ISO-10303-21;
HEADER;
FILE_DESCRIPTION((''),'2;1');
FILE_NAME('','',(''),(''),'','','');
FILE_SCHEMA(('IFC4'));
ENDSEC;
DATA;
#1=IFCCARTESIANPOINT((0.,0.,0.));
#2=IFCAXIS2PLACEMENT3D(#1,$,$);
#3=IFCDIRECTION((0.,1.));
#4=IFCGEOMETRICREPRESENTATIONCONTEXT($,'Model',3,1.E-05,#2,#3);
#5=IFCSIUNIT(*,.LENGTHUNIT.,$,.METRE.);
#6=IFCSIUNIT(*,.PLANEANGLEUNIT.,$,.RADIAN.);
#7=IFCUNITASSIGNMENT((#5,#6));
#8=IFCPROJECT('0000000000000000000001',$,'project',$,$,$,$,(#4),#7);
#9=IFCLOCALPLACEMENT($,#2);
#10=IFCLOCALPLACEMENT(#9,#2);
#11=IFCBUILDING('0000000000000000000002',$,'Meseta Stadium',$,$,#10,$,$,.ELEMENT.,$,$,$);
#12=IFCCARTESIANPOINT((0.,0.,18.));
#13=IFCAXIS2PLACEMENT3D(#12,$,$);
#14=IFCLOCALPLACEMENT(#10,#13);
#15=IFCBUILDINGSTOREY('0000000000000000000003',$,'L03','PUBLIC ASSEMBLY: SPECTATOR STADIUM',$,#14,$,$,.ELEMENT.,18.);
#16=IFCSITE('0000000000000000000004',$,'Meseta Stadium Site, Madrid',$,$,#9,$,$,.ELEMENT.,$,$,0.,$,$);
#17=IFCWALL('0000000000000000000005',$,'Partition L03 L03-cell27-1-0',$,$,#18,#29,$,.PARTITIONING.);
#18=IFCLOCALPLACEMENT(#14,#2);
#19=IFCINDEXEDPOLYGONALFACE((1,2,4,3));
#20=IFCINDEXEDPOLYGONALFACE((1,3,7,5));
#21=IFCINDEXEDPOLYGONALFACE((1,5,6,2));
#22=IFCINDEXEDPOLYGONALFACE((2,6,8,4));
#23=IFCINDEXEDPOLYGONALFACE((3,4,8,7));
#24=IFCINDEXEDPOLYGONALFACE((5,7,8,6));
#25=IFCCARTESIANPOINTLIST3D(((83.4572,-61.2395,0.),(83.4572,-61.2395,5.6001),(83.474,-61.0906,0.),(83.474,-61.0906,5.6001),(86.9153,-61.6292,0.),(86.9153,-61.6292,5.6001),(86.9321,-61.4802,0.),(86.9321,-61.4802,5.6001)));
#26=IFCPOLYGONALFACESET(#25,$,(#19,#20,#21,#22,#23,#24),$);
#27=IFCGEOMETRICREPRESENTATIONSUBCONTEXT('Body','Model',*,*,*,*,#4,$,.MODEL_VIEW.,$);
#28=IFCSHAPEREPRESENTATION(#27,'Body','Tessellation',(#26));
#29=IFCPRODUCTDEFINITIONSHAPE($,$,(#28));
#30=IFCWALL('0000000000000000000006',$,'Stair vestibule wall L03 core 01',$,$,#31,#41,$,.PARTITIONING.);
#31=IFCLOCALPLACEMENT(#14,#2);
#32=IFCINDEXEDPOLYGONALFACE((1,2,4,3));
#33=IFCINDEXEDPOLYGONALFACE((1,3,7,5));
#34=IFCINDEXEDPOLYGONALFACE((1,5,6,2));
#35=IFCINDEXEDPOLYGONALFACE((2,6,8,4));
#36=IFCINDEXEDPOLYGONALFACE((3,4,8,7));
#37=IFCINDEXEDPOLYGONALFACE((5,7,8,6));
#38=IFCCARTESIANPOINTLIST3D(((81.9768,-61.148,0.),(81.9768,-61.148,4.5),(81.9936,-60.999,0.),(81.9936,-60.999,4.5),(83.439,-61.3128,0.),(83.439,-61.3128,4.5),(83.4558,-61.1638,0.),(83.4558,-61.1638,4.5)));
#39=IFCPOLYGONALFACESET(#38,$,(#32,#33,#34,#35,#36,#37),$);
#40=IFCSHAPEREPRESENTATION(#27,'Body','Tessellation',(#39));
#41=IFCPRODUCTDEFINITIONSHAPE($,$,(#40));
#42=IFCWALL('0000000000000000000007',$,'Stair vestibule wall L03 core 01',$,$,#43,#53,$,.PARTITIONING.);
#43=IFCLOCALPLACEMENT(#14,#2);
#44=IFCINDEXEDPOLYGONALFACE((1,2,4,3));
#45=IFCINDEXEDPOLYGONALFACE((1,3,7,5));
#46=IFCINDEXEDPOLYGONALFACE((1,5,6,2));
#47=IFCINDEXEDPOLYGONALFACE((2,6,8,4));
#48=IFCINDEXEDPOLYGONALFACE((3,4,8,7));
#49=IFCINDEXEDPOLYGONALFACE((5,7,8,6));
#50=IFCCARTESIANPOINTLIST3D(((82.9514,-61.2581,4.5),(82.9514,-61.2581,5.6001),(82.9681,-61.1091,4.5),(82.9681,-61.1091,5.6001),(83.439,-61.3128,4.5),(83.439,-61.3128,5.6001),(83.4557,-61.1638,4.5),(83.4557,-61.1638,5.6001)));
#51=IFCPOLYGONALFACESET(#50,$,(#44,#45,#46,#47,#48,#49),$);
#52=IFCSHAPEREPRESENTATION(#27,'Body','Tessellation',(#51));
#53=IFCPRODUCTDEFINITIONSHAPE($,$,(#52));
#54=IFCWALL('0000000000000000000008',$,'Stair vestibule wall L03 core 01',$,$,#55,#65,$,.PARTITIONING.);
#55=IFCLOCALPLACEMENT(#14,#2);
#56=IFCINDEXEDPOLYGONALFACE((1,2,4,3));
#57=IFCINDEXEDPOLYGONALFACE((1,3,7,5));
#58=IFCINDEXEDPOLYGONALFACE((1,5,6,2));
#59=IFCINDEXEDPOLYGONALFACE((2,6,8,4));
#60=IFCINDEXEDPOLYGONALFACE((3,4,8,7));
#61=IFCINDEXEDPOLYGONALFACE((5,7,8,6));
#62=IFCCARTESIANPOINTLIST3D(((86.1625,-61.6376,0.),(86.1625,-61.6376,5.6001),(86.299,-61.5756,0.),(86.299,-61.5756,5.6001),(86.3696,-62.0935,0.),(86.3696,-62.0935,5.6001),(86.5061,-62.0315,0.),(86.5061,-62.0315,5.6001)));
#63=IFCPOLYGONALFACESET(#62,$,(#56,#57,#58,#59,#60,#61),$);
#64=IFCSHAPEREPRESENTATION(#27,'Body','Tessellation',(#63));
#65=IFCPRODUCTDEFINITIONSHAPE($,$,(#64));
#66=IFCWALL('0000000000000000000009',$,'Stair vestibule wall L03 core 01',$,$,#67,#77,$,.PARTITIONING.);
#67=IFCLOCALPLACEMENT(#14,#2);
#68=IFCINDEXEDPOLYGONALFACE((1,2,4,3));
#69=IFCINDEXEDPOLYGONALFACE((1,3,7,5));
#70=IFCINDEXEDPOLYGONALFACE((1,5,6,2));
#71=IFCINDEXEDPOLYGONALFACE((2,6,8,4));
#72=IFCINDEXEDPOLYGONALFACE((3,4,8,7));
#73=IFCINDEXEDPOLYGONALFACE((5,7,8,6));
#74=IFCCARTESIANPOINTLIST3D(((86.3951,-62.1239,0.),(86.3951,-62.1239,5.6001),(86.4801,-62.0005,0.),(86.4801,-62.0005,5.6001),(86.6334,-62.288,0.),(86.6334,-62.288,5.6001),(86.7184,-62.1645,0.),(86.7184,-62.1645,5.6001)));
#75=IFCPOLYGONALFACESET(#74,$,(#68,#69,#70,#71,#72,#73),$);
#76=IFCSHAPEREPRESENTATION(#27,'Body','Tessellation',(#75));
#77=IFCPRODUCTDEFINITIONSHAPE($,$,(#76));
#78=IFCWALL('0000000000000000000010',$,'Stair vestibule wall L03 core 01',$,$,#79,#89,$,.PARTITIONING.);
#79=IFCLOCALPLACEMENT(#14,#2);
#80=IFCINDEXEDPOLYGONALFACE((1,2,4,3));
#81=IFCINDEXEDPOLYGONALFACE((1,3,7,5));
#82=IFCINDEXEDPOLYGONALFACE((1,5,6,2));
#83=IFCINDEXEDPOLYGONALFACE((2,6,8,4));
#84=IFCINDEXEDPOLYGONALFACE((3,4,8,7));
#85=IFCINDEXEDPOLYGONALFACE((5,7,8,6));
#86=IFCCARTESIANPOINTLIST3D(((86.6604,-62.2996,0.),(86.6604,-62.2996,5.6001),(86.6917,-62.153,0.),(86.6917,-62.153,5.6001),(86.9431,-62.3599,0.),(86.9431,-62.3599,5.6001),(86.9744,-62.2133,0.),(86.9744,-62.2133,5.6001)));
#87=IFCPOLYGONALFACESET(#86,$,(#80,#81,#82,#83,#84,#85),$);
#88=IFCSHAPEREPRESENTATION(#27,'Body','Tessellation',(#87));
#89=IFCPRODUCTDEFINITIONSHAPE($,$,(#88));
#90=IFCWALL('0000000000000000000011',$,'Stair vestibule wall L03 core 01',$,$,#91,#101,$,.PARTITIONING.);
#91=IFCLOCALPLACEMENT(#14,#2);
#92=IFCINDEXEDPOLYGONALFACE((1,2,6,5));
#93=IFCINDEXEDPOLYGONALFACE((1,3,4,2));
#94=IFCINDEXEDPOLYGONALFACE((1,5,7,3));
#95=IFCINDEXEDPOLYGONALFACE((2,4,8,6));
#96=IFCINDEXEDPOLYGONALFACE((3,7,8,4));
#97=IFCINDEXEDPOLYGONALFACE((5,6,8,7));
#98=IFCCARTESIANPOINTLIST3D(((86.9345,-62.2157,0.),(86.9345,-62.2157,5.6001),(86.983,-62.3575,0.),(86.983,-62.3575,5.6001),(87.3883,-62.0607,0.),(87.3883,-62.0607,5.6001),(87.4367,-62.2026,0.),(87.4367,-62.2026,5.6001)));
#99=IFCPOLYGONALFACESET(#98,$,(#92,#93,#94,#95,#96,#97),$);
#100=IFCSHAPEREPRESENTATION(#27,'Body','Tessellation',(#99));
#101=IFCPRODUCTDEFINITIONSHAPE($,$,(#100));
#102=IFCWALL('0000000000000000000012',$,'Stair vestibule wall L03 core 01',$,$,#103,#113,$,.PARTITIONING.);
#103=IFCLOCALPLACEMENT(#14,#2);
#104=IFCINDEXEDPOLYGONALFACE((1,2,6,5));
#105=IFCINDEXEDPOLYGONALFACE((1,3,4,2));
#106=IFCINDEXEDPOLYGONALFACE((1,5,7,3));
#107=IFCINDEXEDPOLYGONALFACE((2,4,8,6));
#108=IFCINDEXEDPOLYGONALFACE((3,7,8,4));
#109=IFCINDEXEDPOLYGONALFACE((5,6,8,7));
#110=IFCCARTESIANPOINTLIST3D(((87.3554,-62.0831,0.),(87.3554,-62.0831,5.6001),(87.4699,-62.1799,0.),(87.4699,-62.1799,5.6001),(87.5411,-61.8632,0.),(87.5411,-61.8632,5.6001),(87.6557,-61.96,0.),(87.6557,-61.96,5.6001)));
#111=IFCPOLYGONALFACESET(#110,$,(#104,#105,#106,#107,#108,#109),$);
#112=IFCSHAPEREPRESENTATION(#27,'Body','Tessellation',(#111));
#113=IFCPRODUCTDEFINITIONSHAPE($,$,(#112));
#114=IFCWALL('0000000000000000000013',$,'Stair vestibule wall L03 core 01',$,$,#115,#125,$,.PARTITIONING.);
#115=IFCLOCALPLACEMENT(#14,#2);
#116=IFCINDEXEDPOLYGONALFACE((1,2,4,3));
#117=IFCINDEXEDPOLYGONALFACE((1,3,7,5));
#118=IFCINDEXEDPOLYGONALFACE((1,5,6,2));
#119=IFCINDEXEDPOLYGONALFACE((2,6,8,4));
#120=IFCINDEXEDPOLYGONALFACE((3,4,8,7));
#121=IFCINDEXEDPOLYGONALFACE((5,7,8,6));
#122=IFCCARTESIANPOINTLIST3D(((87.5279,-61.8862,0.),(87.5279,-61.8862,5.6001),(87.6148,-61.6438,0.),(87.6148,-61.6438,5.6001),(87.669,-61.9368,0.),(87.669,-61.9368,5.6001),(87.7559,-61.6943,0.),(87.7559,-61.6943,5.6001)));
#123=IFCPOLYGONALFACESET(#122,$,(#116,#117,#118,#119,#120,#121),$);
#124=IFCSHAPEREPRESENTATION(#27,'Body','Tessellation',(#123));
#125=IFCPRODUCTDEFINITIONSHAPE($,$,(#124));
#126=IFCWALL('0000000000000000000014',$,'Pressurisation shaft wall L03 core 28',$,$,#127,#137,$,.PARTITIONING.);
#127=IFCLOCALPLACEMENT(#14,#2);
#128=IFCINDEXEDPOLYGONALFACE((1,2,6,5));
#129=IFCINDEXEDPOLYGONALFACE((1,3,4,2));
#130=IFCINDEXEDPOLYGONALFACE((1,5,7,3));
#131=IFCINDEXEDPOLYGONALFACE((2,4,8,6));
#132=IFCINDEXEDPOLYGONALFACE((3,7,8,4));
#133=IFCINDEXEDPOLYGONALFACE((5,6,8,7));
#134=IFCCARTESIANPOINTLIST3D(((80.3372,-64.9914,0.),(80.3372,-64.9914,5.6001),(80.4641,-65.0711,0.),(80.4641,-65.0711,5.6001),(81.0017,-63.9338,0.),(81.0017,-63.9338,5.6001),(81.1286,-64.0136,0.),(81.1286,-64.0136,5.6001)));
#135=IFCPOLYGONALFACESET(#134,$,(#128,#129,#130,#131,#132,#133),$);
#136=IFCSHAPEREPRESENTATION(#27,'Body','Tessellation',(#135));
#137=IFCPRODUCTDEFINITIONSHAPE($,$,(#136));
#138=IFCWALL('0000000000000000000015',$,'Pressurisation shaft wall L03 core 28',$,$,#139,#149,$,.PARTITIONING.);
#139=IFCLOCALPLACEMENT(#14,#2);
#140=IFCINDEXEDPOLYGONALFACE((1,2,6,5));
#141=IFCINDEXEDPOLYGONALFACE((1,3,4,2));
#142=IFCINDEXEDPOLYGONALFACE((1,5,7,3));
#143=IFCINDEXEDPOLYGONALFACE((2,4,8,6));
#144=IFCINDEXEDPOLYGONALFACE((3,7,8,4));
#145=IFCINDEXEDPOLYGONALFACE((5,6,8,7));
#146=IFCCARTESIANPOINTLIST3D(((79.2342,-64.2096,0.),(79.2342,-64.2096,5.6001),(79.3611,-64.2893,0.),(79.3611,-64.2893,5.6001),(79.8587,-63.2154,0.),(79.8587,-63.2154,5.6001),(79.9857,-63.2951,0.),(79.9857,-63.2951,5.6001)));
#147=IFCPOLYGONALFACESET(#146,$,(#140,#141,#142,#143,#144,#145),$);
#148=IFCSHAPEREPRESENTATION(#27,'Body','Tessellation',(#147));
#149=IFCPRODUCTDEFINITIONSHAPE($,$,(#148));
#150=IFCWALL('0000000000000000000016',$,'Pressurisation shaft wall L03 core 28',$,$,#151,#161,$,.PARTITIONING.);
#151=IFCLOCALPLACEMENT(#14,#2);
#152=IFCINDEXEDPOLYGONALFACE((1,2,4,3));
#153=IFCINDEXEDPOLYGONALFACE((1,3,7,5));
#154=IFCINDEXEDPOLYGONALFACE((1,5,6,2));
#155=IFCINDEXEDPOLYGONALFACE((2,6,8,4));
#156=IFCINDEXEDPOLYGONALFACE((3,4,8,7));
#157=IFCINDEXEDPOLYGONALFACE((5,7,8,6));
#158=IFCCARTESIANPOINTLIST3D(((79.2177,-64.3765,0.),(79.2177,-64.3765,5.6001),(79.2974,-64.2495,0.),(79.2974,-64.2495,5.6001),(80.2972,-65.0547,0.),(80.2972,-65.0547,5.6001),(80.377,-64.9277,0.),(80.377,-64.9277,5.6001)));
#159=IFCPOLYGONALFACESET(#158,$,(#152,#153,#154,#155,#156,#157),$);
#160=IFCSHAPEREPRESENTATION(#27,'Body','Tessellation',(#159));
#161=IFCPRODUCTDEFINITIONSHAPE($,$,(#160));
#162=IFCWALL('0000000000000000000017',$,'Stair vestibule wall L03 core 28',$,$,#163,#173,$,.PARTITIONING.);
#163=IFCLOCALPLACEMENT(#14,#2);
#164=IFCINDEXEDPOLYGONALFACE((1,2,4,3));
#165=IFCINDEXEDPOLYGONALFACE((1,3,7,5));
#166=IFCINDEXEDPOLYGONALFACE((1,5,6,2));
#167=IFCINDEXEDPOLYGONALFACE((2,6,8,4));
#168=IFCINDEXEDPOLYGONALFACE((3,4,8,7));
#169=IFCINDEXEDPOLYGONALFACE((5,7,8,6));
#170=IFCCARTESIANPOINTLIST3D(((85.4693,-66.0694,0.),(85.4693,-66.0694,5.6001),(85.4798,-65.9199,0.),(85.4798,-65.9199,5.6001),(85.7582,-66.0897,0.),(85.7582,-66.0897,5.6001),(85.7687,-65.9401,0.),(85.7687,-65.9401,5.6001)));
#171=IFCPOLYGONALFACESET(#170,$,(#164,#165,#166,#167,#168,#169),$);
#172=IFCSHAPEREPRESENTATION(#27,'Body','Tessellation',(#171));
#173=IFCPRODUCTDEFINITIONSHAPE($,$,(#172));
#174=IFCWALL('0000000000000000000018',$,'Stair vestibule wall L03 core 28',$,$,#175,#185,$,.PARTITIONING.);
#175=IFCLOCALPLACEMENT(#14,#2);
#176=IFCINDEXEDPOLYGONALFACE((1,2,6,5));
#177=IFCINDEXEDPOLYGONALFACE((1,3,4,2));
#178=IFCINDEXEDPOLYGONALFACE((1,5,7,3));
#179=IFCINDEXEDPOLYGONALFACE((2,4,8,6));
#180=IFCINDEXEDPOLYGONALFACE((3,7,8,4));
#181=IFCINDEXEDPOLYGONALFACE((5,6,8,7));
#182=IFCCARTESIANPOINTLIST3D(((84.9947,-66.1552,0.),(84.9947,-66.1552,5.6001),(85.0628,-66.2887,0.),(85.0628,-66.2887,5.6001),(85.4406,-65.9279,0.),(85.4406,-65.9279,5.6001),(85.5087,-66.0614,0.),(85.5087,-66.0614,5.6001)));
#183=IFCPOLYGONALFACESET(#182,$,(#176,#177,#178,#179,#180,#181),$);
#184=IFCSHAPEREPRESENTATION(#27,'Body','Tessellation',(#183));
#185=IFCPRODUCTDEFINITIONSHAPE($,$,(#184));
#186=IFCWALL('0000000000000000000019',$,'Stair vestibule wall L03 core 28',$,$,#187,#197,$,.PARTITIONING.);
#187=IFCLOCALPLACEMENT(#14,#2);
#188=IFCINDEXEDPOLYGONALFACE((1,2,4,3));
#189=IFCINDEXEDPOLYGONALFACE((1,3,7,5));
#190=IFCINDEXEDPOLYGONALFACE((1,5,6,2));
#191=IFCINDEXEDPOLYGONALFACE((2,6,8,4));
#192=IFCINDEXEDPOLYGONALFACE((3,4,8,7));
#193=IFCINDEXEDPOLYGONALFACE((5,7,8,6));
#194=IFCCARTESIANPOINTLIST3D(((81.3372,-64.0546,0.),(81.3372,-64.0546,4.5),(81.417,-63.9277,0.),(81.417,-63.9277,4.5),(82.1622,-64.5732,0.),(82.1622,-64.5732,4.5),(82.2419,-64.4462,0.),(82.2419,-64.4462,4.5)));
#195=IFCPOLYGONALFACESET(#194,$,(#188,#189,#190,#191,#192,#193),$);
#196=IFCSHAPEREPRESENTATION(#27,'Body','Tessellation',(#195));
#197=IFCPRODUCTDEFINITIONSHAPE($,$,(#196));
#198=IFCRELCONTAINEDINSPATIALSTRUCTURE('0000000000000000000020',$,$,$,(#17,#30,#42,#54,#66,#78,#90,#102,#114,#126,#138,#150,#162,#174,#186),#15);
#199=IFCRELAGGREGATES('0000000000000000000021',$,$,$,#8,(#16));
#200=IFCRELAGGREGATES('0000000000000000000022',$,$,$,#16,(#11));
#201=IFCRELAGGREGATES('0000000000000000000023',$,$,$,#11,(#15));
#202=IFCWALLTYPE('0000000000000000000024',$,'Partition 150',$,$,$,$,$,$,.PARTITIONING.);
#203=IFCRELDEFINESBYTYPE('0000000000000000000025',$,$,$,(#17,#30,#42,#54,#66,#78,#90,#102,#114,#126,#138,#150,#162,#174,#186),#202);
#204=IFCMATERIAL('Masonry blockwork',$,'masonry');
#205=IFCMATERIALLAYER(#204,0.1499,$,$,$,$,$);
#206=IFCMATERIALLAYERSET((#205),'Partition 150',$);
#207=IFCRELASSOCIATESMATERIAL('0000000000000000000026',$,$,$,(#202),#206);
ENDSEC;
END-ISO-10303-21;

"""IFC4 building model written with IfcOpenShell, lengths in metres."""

from ifc_helpers import new_model, si_unit, direction, frame, frame_2d, origin, place, context, subcontext, project, spatial, rectangle, extrude, material, layer, layer_set, type_object, element, save


model = new_model("IFC4")

# Units and contexts
model_context = context("Model", 3, precision=1e-05, world=origin(), true_north=direction((0.0, 1.0)))
body_context = subcontext(model_context, "Body", "Model", "MODEL_VIEW")
ifc_project = project(units=[si_unit("LENGTHUNIT", "METRE"), si_unit("PLANEANGLEUNIT", "RADIAN")], contexts=[model_context])

# Site, building, storey
site_placement = place(None, origin())
site = spatial("IfcSite", under=ifc_project, at=site_placement, Name="Meseta Stadium Site, Madrid", CompositionType="ELEMENT", RefElevation=0.0)
building_placement = place(site_placement, origin())
building = spatial("IfcBuilding", under=site, at=building_placement, Name="Meseta Stadium", CompositionType="ELEMENT")
storey_placement = place(building_placement, frame((0.0, 0.0, 18.0)))
storey = spatial("IfcBuildingStorey", under=building, at=storey_placement, Name="L03", Description="PUBLIC ASSEMBLY: SPECTATOR STADIUM", CompositionType="ELEMENT", Elevation=18.0)

# Walls
ifc_material_1 = material(Name="Masonry blockwork", Category="masonry")
ifc_layer_1 = layer(ifc_material_1, 0.1499)
ifc_layer_set_1 = layer_set([ifc_layer_1], Name="Partition 150")
wall_type_1 = type_object("IfcWallType", Name="Partition 150", PredefinedType="PARTITIONING", material=ifc_layer_set_1)
wall_1_placement = place(storey_placement, frame((83.4656, -61.165, 0.0), z_axis=(0.0, 0.0, 1.0), x_axis=(0.993711, -0.111971, 0.0)))
element("IfcWall", 1, at=wall_1_placement, inside=storey, type_object=wall_type_1, Name="Partition L03 L03-cell27-1-0", PredefinedType="PARTITIONING", context=body_context, shape_type="SweptSolid", body=[
    extrude(rectangle(XDim=3.48, YDim=0.1499, at=frame_2d((1.74, 0.0))), origin(), (0.0, 0.0, 1.0), 5.6001),
])
wall_2_placement = place(storey_placement, frame((81.9851, -61.0735, 0.0), z_axis=(0.0, 0.0, 1.0), x_axis=(0.993708, -0.111998, 0.0)))
element("IfcWall", 2, at=wall_2_placement, inside=storey, type_object=wall_type_1, Name="Stair vestibule wall L03 core 01", PredefinedType="PARTITIONING", context=body_context, shape_type="SweptSolid", body=[
    extrude(rectangle(XDim=1.4714, YDim=0.1499, at=frame_2d((0.7358, 0.0))), origin(), (0.0, 0.0, 1.0), 4.5),
])
wall_3_placement = place(storey_placement, frame((82.9597, -61.1836, 4.5), z_axis=(0.0, 0.0, 1.0), x_axis=(0.993768, -0.111469, 0.0)))
element("IfcWall", 3, at=wall_3_placement, inside=storey, type_object=wall_type_1, Name="Stair vestibule wall L03 core 01", PredefinedType="PARTITIONING", context=body_context, shape_type="SweptSolid", body=[
    extrude(rectangle(XDim=0.4907, YDim=0.1499, at=frame_2d((0.2454, 0.0))), origin(), (0.0, 0.0, 1.0), 1.1001),
])
wall_4_placement = place(storey_placement, frame((86.2307, -61.6064, 0.0), z_axis=(0.0, 0.0, 1.0), x_axis=(0.413546, -0.910483, 0.0)))
element("IfcWall", 4, at=wall_4_placement, inside=storey, type_object=wall_type_1, Name="Stair vestibule wall L03 core 01", PredefinedType="PARTITIONING", context=body_context, shape_type="SweptSolid", body=[
    extrude(rectangle(XDim=0.5007, YDim=0.1499, at=frame_2d((0.2505, 0.0))), origin(), (0.0, 0.0, 1.0), 5.6001),
])
wall_5_placement = place(storey_placement, frame((86.4377, -62.0623, 0.0), z_axis=(0.0, 0.0, 1.0), x_axis=(0.823648, -0.567102, 0.0)))
element("IfcWall", 5, at=wall_5_placement, inside=storey, type_object=wall_type_1, Name="Stair vestibule wall L03 core 01", PredefinedType="PARTITIONING", context=body_context, shape_type="SweptSolid", body=[
    extrude(rectangle(XDim=0.2893, YDim=0.1499, at=frame_2d((0.1445, 0.0))), origin(), (0.0, 0.0, 1.0), 5.6001),
])
wall_6_placement = place(storey_placement, frame((86.676, -62.2263, 0.0), z_axis=(0.0, 0.0, 1.0), x_axis=(0.978, -0.208606, 0.0)))
element("IfcWall", 6, at=wall_6_placement, inside=storey, type_object=wall_type_1, Name="Stair vestibule wall L03 core 01", PredefinedType="PARTITIONING", context=body_context, shape_type="SweptSolid", body=[
    extrude(rectangle(XDim=0.2891, YDim=0.1499, at=frame_2d((0.1445, 0.0))), origin(), (0.0, 0.0, 1.0), 5.6001),
])
wall_7_placement = place(storey_placement, frame((86.9587, -62.2866, 0.0), z_axis=(0.0, 0.0, 1.0), x_axis=(0.946316, 0.323244, 0.0)))
element("IfcWall", 7, at=wall_7_placement, inside=storey, type_object=wall_type_1, Name="Stair vestibule wall L03 core 01", PredefinedType="PARTITIONING", context=body_context, shape_type="SweptSolid", body=[
    extrude(rectangle(XDim=0.4795, YDim=0.1499, at=frame_2d((0.2397, 0.0))), origin(), (0.0, 0.0, 1.0), 5.6001),
])
wall_8_placement = place(storey_placement, frame((87.4126, -62.1316, 0.0), z_axis=(0.0, 0.0, 1.0), x_axis=(0.645258, 0.763965, 0.0)))
element("IfcWall", 8, at=wall_8_placement, inside=storey, type_object=wall_type_1, Name="Stair vestibule wall L03 core 01", PredefinedType="PARTITIONING", context=body_context, shape_type="SweptSolid", body=[
    extrude(rectangle(XDim=0.2878, YDim=0.1499, at=frame_2d((0.144, 0.0))), origin(), (0.0, 0.0, 1.0), 5.6001),
])
wall_9_placement = place(storey_placement, frame((87.5984, -61.9116, 0.0), z_axis=(0.0, 0.0, 1.0), x_axis=(0.337477, 0.941334, 0.0)))
element("IfcWall", 9, at=wall_9_placement, inside=storey, type_object=wall_type_1, Name="Stair vestibule wall L03 core 01", PredefinedType="PARTITIONING", context=body_context, shape_type="SweptSolid", body=[
    extrude(rectangle(XDim=0.2576, YDim=0.1499, at=frame_2d((0.1289, 0.0))), origin(), (0.0, 0.0, 1.0), 5.6001),
])
wall_10_placement = place(storey_placement, frame((80.4006, -65.0312, 0.0), z_axis=(0.0, 0.0, 1.0), x_axis=(0.532035, 0.846722, 0.0)))
element("IfcWall", 10, at=wall_10_placement, inside=storey, type_object=wall_type_1, Name="Pressurisation shaft wall L03 core 28", PredefinedType="PARTITIONING", context=body_context, shape_type="SweptSolid", body=[
    extrude(rectangle(XDim=1.249, YDim=0.1499, at=frame_2d((0.6245, 0.0))), origin(), (0.0, 0.0, 1.0), 5.6001),
])
wall_11_placement = place(storey_placement, frame((79.9221, -63.2554, 0.0), z_axis=(0.0, 0.0, 1.0), x_axis=(-0.531942, -0.846781, 0.0)))
element("IfcWall", 11, at=wall_11_placement, inside=storey, type_object=wall_type_1, Name="Pressurisation shaft wall L03 core 28", PredefinedType="PARTITIONING", context=body_context, shape_type="SweptSolid", body=[
    extrude(rectangle(XDim=1.1741, YDim=0.1499, at=frame_2d((0.5869, 0.0))), origin(), (0.0, 0.0, 1.0), 5.6001),
])
wall_12_placement = place(storey_placement, frame((79.2576, -64.313, 0.0), z_axis=(0.0, 0.0, 1.0), x_axis=(0.84677, -0.53196, 0.0)))
element("IfcWall", 12, at=wall_12_placement, inside=storey, type_object=wall_type_1, Name="Pressurisation shaft wall L03 core 28", PredefinedType="PARTITIONING", context=body_context, shape_type="SweptSolid", body=[
    extrude(rectangle(XDim=1.2749, YDim=0.1499, at=frame_2d((0.6375, 0.0))), origin(), (0.0, 0.0, 1.0), 5.6001),
])
wall_13_placement = place(storey_placement, frame((85.7634, -66.0149, 0.0), z_axis=(0.0, 0.0, 1.0), x_axis=(-0.997548, 0.069989, 0.0)))
element("IfcWall", 13, at=wall_13_placement, inside=storey, type_object=wall_type_1, Name="Stair vestibule wall L03 core 28", PredefinedType="PARTITIONING", context=body_context, shape_type="SweptSolid", body=[
    extrude(rectangle(XDim=0.2896, YDim=0.1499, at=frame_2d((0.1448, 0.0))), origin(), (0.0, 0.0, 1.0), 5.6001),
])
wall_14_placement = place(storey_placement, frame((85.4746, -65.9946, 0.0), z_axis=(0.0, 0.0, 1.0), x_axis=(-0.890887, -0.454225, 0.0)))
element("IfcWall", 14, at=wall_14_placement, inside=storey, type_object=wall_type_1, Name="Stair vestibule wall L03 core 28", PredefinedType="PARTITIONING", context=body_context, shape_type="SweptSolid", body=[
    extrude(rectangle(XDim=0.5005, YDim=0.1499, at=frame_2d((0.2502, 0.0))), origin(), (0.0, 0.0, 1.0), 5.6001),
])
wall_15_placement = place(storey_placement, frame((82.2021, -64.5098, 0.0), z_axis=(0.0, 0.0, 1.0), x_axis=(-0.84663, 0.532182, 0.0)))
element("IfcWall", 15, at=wall_15_placement, inside=storey, type_object=wall_type_1, Name="Stair vestibule wall L03 core 28", PredefinedType="PARTITIONING", context=body_context, shape_type="SweptSolid", body=[
    extrude(rectangle(XDim=0.9744, YDim=0.1499, at=frame_2d((0.4873, 0.0))), origin(), (0.0, 0.0, 1.0), 4.5),
])

save(model, "model.ifc")
